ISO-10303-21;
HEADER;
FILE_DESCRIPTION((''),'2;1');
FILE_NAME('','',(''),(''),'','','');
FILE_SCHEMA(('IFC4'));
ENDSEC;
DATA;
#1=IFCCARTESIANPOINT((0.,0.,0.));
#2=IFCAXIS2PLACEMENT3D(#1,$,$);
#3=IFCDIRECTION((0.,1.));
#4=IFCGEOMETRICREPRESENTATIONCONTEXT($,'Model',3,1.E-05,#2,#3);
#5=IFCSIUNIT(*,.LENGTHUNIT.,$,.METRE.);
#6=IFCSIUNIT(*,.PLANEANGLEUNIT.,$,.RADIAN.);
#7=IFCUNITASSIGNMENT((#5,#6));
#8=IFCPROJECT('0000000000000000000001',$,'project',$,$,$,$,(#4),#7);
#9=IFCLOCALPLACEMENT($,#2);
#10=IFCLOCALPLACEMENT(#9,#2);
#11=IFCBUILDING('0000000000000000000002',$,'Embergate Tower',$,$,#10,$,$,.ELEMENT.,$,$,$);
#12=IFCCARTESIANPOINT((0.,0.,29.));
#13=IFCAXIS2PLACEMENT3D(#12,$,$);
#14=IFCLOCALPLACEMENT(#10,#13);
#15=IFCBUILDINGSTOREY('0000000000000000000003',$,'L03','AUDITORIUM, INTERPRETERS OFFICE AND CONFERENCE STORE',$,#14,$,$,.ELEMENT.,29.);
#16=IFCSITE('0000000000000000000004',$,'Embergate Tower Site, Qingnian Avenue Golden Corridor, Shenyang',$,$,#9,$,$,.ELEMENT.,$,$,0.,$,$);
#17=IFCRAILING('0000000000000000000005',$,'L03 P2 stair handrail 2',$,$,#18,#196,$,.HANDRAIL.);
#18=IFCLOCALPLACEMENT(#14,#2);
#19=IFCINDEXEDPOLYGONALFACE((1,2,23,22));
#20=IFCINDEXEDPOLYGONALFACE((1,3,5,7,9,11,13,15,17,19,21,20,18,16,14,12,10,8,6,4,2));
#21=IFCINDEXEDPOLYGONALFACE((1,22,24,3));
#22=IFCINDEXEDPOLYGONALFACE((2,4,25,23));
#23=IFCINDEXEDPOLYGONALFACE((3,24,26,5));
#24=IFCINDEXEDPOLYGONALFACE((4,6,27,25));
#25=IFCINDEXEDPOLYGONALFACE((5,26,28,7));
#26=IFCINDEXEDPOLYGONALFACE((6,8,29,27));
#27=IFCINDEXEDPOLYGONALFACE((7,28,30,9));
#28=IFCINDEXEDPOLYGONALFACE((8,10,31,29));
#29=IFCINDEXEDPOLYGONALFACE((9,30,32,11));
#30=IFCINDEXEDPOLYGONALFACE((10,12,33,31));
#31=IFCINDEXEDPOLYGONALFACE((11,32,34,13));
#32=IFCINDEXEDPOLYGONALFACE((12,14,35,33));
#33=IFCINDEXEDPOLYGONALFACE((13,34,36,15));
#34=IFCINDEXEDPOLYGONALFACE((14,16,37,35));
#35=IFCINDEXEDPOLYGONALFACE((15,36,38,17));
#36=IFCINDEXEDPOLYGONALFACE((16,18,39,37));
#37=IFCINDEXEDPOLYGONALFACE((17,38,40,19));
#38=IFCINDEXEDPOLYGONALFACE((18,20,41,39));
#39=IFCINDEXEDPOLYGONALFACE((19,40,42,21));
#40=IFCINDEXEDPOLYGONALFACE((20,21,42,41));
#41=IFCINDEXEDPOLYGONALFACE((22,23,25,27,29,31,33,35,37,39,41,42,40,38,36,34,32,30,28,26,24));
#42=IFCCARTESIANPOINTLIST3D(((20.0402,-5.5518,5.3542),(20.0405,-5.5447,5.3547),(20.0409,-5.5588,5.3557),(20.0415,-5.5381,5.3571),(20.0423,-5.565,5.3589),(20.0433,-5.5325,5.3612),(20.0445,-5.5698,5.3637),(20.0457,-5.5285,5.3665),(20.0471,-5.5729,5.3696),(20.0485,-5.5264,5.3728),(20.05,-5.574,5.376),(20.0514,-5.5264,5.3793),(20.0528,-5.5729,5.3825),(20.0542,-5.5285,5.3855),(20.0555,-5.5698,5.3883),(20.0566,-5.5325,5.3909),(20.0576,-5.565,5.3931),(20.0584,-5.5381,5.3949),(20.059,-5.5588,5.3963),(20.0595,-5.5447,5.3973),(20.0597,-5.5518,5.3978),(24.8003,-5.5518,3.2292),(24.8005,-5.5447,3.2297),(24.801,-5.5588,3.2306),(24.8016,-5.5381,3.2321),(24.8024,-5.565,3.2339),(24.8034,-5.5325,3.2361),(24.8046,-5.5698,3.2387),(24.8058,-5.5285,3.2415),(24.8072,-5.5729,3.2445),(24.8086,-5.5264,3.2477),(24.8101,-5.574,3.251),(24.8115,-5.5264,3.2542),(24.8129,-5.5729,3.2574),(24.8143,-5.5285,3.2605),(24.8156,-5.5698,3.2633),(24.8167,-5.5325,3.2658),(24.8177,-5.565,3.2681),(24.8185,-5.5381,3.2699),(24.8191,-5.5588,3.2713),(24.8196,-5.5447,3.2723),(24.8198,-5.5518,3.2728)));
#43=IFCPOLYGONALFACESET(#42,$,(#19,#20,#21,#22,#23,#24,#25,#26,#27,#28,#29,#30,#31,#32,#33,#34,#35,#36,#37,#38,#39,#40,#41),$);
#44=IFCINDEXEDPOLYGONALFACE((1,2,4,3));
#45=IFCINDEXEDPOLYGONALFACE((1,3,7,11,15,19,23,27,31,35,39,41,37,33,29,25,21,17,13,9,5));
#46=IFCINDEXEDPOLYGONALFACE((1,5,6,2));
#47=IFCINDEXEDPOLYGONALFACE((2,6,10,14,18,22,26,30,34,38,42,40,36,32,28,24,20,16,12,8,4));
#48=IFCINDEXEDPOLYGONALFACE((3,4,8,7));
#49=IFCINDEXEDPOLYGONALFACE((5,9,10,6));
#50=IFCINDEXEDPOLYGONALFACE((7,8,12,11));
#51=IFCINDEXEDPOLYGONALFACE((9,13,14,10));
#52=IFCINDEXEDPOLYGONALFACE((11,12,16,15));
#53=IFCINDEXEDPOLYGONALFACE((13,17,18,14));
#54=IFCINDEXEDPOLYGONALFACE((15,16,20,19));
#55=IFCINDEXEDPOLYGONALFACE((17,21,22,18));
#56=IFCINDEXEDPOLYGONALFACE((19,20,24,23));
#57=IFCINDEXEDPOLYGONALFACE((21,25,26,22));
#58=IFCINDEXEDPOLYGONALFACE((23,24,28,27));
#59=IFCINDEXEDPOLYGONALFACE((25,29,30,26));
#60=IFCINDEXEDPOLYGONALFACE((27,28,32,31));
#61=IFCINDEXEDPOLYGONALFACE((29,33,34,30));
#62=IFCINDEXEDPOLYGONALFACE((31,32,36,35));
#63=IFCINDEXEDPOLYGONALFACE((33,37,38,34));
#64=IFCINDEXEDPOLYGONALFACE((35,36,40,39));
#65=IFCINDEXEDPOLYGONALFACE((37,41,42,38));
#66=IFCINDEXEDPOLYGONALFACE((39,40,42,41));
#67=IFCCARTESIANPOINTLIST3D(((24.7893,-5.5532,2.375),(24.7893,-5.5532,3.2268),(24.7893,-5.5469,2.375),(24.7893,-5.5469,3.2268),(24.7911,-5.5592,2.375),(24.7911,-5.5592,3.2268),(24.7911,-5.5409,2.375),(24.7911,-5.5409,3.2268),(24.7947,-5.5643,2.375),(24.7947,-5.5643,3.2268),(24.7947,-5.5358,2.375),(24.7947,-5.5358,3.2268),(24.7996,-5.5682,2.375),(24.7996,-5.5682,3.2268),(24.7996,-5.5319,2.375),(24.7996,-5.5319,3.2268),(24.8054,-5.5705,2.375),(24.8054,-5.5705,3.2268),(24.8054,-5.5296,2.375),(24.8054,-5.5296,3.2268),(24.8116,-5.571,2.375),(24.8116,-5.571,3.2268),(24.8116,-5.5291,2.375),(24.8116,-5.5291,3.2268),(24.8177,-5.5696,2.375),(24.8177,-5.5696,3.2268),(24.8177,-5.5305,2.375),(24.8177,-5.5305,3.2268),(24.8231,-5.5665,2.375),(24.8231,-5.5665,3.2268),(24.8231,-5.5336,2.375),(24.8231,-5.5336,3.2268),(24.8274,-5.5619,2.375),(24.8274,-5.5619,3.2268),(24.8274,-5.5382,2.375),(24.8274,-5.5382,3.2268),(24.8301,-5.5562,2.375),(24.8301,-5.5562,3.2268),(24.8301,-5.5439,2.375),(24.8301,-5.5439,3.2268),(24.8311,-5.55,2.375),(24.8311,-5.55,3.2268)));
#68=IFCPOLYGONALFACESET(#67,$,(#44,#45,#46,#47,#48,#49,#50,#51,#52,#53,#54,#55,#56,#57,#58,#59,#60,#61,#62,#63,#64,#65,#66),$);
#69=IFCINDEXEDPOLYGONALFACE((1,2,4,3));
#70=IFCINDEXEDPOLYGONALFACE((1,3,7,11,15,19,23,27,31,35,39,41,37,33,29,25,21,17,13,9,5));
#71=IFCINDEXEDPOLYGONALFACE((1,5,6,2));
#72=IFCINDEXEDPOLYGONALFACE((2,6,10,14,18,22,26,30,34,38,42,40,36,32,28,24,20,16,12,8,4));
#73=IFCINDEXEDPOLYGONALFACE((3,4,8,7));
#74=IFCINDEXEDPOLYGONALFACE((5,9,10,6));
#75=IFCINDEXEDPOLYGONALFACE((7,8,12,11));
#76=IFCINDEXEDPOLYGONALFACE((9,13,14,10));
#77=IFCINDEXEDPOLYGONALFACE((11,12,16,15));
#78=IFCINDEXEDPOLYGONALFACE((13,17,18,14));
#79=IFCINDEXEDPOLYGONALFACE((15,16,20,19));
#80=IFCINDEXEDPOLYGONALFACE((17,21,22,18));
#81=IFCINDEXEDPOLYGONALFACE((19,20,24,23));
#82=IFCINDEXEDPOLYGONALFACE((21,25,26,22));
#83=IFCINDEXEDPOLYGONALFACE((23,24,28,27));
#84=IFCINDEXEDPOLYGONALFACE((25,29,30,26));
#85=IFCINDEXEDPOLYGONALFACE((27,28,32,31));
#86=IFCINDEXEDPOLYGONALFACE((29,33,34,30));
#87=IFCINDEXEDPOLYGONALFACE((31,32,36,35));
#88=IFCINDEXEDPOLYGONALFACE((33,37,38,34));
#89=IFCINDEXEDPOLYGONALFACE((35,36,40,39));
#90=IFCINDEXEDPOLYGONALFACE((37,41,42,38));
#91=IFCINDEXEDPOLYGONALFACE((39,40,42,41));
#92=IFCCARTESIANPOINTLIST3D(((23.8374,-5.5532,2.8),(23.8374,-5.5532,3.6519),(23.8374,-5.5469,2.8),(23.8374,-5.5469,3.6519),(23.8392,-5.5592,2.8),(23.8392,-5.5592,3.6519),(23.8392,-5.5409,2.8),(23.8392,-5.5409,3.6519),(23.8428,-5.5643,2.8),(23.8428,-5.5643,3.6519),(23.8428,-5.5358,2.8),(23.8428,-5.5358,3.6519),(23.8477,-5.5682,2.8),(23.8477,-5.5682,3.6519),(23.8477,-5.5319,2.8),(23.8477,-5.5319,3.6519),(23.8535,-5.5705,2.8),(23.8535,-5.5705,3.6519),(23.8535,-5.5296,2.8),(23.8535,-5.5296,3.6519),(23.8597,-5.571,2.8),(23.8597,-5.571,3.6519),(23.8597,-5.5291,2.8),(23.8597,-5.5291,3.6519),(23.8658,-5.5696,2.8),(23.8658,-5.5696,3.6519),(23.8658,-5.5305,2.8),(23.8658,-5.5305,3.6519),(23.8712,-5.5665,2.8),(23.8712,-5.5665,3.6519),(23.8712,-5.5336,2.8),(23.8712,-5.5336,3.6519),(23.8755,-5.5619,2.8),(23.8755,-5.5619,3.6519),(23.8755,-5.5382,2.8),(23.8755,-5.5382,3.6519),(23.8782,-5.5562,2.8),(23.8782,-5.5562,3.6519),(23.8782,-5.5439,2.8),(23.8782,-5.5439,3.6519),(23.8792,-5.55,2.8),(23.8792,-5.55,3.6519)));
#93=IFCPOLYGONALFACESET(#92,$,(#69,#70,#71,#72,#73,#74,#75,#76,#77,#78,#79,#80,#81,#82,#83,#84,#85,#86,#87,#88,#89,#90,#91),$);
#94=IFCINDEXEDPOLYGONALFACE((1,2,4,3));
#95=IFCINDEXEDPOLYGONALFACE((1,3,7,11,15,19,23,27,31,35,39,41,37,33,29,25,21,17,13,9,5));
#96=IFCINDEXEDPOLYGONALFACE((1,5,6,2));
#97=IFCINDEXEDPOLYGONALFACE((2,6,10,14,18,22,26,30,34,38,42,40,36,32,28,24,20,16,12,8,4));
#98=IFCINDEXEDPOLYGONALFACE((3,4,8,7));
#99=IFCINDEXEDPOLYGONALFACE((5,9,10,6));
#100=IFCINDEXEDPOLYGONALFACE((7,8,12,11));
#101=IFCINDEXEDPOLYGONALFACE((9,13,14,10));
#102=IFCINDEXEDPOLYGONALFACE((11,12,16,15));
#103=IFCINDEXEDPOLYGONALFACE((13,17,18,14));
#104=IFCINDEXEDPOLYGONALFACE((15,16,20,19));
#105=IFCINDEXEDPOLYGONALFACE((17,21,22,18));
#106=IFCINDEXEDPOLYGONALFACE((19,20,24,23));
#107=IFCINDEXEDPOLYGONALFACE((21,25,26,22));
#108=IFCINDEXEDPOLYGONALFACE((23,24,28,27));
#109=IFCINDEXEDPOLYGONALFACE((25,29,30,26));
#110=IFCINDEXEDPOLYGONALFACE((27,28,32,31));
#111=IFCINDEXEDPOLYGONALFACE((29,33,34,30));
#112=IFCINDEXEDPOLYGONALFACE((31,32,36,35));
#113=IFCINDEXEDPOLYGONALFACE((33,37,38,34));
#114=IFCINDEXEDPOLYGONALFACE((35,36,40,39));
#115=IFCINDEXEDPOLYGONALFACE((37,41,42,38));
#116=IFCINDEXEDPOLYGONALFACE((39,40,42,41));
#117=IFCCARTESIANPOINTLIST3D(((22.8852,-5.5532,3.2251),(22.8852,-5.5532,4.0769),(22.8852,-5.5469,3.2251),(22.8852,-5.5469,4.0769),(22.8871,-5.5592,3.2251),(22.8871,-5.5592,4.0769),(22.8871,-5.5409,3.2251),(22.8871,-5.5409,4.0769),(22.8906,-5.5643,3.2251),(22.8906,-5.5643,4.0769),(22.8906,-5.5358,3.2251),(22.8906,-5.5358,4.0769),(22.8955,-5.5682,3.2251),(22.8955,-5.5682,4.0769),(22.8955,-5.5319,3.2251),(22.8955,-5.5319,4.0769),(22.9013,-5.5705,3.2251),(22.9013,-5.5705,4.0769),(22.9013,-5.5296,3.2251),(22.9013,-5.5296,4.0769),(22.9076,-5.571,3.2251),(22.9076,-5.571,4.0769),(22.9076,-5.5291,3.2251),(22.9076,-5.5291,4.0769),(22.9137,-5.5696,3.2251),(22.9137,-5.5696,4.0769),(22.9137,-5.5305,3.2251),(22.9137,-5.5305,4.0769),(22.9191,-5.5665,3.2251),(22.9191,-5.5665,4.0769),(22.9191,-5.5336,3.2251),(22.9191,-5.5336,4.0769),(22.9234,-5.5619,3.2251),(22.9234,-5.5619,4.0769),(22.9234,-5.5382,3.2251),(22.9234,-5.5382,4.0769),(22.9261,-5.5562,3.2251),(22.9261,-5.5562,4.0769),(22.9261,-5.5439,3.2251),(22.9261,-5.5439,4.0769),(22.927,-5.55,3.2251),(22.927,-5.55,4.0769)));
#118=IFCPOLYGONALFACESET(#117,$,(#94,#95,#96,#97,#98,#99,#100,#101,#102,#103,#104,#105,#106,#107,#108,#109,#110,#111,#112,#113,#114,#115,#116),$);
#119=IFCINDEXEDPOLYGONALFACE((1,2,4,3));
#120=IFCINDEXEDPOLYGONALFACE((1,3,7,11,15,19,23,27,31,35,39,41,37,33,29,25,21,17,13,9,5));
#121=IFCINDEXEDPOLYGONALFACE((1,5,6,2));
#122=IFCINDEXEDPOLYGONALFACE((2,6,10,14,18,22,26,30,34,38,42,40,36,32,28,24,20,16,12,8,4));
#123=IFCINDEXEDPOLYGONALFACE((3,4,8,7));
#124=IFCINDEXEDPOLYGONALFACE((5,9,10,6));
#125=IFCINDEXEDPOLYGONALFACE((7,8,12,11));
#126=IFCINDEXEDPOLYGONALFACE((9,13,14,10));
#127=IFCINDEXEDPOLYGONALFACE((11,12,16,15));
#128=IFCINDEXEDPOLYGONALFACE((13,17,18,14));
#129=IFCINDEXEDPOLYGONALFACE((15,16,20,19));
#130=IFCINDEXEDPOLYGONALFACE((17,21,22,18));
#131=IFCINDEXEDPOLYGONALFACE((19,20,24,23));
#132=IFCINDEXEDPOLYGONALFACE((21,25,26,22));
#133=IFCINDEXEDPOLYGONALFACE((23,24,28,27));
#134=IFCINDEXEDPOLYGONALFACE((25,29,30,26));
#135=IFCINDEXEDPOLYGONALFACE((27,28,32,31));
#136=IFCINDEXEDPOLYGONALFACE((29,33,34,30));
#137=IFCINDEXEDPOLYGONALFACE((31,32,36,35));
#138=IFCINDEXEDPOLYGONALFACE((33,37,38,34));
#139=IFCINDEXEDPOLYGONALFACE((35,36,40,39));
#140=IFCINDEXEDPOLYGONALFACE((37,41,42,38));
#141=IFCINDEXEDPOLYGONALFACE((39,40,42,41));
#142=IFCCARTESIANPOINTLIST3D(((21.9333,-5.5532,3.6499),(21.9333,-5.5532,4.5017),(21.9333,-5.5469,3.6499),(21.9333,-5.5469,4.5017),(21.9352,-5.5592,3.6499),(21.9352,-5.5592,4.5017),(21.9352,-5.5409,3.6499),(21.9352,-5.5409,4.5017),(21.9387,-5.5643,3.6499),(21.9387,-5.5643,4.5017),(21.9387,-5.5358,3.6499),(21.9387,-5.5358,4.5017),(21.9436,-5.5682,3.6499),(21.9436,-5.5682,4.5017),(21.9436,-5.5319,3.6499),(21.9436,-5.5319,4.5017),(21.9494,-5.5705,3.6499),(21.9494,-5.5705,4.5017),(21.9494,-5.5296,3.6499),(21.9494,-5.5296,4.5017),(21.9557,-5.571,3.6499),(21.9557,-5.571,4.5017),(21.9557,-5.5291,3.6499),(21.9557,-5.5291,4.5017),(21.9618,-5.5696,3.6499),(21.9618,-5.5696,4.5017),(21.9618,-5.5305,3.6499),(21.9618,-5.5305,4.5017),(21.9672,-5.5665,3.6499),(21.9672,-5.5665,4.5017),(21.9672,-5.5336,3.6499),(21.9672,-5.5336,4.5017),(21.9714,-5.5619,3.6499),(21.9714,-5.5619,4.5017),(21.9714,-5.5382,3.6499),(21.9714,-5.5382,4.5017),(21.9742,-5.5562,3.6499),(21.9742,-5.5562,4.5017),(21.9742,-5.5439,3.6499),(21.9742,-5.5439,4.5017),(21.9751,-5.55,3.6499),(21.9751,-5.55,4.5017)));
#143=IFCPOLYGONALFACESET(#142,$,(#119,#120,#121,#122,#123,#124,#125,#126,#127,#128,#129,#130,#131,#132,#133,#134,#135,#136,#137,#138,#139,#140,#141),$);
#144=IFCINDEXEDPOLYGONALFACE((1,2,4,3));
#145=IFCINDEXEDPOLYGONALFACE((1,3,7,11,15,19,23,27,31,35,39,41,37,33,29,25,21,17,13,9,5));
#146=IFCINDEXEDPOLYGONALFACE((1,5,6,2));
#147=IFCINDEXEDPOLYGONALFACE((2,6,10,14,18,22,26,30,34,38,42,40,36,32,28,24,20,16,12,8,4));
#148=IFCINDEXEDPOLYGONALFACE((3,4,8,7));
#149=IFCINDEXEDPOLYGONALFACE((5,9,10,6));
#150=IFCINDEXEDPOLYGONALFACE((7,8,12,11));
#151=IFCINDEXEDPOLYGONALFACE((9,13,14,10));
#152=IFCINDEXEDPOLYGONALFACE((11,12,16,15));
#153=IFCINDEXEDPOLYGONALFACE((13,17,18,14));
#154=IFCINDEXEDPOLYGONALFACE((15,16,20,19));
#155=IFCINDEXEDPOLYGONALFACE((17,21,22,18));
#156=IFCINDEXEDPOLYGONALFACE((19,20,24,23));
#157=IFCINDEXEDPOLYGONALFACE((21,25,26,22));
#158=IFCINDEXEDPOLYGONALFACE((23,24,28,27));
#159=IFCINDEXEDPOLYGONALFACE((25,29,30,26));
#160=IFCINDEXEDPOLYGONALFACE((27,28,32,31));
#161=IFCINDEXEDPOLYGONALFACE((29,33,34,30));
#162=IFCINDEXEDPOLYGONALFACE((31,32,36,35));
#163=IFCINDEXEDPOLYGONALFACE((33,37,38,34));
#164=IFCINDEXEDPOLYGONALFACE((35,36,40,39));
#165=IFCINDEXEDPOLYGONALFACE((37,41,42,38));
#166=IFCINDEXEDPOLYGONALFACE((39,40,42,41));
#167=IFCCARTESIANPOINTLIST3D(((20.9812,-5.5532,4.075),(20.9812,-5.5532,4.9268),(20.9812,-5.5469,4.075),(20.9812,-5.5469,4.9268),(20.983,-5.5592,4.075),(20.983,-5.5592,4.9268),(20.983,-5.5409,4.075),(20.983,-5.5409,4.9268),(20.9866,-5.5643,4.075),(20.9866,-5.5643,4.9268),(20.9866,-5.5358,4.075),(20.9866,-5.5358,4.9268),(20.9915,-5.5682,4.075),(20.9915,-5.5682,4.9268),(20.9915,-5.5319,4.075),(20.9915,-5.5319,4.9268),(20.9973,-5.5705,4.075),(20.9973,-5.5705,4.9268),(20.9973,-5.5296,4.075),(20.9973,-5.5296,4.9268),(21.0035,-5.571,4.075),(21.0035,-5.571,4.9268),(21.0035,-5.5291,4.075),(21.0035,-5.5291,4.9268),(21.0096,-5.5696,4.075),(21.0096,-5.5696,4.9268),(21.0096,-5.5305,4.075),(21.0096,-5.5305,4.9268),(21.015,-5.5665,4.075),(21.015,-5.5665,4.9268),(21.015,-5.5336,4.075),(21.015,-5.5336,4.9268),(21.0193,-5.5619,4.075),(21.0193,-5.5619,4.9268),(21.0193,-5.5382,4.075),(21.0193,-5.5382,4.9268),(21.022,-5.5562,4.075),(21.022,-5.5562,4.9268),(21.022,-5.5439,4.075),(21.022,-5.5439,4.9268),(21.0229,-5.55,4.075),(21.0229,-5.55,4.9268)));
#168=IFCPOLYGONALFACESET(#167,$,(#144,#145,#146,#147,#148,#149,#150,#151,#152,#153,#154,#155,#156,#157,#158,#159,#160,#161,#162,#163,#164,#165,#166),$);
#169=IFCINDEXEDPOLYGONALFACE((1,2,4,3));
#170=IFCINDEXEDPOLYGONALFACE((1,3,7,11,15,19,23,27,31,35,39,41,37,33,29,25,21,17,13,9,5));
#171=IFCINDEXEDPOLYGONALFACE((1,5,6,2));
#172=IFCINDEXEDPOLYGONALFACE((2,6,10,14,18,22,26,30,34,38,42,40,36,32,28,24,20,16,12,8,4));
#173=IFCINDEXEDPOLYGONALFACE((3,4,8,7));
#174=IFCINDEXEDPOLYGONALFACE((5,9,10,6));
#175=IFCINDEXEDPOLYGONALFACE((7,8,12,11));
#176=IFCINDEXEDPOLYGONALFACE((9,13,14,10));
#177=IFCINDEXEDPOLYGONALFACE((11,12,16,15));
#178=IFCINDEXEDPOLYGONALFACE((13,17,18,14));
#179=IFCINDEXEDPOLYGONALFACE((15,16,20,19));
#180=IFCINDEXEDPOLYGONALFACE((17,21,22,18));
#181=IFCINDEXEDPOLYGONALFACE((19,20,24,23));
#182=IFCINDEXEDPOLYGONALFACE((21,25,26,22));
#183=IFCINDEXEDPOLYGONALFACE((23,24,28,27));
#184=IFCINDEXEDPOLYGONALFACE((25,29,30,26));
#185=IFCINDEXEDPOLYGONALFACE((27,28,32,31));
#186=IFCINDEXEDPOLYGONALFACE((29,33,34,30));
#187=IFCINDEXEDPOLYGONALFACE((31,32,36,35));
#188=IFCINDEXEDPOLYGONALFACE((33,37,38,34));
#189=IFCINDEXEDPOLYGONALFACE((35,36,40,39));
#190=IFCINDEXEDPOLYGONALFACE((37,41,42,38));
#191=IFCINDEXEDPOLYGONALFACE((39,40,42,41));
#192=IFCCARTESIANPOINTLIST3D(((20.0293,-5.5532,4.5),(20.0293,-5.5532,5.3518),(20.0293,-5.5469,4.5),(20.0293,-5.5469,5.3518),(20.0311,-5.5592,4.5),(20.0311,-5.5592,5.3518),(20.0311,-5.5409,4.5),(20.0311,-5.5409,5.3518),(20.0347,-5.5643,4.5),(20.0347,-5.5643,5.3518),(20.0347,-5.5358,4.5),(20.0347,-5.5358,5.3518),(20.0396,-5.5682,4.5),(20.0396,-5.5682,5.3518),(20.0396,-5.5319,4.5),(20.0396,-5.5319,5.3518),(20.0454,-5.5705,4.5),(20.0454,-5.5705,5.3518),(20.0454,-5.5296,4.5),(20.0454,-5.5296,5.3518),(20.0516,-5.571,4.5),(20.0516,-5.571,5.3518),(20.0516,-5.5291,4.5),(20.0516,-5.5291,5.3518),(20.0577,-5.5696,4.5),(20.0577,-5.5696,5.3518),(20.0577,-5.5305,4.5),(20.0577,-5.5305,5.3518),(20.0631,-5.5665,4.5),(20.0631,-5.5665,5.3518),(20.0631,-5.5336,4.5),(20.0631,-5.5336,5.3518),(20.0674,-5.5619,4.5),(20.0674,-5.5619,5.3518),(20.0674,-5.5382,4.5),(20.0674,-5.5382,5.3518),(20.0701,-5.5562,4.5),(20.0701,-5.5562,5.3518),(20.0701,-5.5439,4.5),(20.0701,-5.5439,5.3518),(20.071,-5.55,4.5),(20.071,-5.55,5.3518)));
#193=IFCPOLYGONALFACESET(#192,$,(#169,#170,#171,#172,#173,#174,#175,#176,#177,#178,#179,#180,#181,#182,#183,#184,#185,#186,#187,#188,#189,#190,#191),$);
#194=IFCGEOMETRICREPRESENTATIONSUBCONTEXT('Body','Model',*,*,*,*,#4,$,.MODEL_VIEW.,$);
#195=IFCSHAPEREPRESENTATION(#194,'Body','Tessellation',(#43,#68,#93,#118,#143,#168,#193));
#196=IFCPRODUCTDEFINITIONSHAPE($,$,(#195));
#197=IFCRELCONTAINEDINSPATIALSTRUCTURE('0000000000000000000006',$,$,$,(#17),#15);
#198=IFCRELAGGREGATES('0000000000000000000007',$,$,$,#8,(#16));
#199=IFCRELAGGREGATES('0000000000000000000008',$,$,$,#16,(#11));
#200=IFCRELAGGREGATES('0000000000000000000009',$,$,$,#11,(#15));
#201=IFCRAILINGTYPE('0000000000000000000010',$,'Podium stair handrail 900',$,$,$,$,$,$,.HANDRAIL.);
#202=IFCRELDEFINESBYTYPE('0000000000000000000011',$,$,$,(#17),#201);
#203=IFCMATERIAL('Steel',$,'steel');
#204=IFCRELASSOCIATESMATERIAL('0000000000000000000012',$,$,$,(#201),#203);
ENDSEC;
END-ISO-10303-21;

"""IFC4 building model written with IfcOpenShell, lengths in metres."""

from ifc_helpers import new_model, si_unit, direction, frame, origin, origin_2d, place, context, subcontext, project, spatial, circle, extrude, source, transform, mapped, material, type_object, element, save


model = new_model("IFC4")

# Units and contexts
model_context = context("Model", 3, precision=1e-05, world=origin(), true_north=direction((0.0, 1.0)))
body_context = subcontext(model_context, "Body", "Model", "MODEL_VIEW")
ifc_project = project(units=[si_unit("LENGTHUNIT", "METRE"), si_unit("PLANEANGLEUNIT", "RADIAN")], contexts=[model_context])

# Site, building, storey
site_placement = place(None, origin())
site = spatial("IfcSite", under=ifc_project, at=site_placement, Name="Embergate Tower Site, Qingnian Avenue Golden Corridor, Shenyang", CompositionType="ELEMENT", RefElevation=0.0)
building_placement = place(site_placement, origin())
building = spatial("IfcBuilding", under=site, at=building_placement, Name="Embergate Tower", CompositionType="ELEMENT")
storey_placement = place(building_placement, frame((0.0, 0.0, 29.0)))
storey = spatial("IfcBuildingStorey", under=building, at=storey_placement, Name="L03", Description="AUDITORIUM, INTERPRETERS OFFICE AND CONFERENCE STORE", CompositionType="ELEMENT", Elevation=29.0)

# Railing
ifc_material_1 = material(Name="Steel", Category="steel")
railing_type_1 = type_object("IfcRailingType", Name="Podium stair handrail 900", PredefinedType="HANDRAIL", material=ifc_material_1)
shared_shape_1 = source(origin(), body_context, "Body", "SweptSolid", [
    extrude(circle(Radius=0.0239, at=origin_2d()), frame((0.0, 0.0, 0.876), z_axis=(-0.913138, 0.0, 0.40765), x_axis=(0.0, -1.0, 0.0)), (0.0, 0.0, 1.0), 5.2129),
    extrude(circle(Radius=0.021, at=origin_2d()), origin(), (0.0, 0.0, 1.0), 0.8518),
    extrude(circle(Radius=0.021, at=origin_2d()), frame((-0.9519, 0.0, 0.425)), (0.0, 0.0, 1.0), 0.8518),
    extrude(circle(Radius=0.021, at=origin_2d()), frame((-1.9041, 0.0, 0.8501)), (0.0, 0.0, 1.0), 0.8518),
    extrude(circle(Radius=0.021, at=origin_2d()), frame((-2.856, 0.0, 1.2749)), (0.0, 0.0, 1.0), 0.8518),
    extrude(circle(Radius=0.021, at=origin_2d()), frame((-3.8081, 0.0, 1.7)), (0.0, 0.0, 1.0), 0.8518),
    extrude(circle(Radius=0.021, at=origin_2d()), frame((-4.76, 0.0, 2.125)), (0.0, 0.0, 1.0), 0.8518),
])
railing_1_placement = place(storey_placement, frame((24.8101, -5.55, 2.375)))
element("IfcRailing", 1, at=railing_1_placement, inside=storey, type_object=railing_type_1, Name="L03 P2 stair handrail 2", PredefinedType="HANDRAIL", context=body_context, shape_type="MappedRepresentation", body=[
    mapped(shared_shape_1, transform((0.0, 0.0, 0.0))),
])

save(model, "model.ifc")
